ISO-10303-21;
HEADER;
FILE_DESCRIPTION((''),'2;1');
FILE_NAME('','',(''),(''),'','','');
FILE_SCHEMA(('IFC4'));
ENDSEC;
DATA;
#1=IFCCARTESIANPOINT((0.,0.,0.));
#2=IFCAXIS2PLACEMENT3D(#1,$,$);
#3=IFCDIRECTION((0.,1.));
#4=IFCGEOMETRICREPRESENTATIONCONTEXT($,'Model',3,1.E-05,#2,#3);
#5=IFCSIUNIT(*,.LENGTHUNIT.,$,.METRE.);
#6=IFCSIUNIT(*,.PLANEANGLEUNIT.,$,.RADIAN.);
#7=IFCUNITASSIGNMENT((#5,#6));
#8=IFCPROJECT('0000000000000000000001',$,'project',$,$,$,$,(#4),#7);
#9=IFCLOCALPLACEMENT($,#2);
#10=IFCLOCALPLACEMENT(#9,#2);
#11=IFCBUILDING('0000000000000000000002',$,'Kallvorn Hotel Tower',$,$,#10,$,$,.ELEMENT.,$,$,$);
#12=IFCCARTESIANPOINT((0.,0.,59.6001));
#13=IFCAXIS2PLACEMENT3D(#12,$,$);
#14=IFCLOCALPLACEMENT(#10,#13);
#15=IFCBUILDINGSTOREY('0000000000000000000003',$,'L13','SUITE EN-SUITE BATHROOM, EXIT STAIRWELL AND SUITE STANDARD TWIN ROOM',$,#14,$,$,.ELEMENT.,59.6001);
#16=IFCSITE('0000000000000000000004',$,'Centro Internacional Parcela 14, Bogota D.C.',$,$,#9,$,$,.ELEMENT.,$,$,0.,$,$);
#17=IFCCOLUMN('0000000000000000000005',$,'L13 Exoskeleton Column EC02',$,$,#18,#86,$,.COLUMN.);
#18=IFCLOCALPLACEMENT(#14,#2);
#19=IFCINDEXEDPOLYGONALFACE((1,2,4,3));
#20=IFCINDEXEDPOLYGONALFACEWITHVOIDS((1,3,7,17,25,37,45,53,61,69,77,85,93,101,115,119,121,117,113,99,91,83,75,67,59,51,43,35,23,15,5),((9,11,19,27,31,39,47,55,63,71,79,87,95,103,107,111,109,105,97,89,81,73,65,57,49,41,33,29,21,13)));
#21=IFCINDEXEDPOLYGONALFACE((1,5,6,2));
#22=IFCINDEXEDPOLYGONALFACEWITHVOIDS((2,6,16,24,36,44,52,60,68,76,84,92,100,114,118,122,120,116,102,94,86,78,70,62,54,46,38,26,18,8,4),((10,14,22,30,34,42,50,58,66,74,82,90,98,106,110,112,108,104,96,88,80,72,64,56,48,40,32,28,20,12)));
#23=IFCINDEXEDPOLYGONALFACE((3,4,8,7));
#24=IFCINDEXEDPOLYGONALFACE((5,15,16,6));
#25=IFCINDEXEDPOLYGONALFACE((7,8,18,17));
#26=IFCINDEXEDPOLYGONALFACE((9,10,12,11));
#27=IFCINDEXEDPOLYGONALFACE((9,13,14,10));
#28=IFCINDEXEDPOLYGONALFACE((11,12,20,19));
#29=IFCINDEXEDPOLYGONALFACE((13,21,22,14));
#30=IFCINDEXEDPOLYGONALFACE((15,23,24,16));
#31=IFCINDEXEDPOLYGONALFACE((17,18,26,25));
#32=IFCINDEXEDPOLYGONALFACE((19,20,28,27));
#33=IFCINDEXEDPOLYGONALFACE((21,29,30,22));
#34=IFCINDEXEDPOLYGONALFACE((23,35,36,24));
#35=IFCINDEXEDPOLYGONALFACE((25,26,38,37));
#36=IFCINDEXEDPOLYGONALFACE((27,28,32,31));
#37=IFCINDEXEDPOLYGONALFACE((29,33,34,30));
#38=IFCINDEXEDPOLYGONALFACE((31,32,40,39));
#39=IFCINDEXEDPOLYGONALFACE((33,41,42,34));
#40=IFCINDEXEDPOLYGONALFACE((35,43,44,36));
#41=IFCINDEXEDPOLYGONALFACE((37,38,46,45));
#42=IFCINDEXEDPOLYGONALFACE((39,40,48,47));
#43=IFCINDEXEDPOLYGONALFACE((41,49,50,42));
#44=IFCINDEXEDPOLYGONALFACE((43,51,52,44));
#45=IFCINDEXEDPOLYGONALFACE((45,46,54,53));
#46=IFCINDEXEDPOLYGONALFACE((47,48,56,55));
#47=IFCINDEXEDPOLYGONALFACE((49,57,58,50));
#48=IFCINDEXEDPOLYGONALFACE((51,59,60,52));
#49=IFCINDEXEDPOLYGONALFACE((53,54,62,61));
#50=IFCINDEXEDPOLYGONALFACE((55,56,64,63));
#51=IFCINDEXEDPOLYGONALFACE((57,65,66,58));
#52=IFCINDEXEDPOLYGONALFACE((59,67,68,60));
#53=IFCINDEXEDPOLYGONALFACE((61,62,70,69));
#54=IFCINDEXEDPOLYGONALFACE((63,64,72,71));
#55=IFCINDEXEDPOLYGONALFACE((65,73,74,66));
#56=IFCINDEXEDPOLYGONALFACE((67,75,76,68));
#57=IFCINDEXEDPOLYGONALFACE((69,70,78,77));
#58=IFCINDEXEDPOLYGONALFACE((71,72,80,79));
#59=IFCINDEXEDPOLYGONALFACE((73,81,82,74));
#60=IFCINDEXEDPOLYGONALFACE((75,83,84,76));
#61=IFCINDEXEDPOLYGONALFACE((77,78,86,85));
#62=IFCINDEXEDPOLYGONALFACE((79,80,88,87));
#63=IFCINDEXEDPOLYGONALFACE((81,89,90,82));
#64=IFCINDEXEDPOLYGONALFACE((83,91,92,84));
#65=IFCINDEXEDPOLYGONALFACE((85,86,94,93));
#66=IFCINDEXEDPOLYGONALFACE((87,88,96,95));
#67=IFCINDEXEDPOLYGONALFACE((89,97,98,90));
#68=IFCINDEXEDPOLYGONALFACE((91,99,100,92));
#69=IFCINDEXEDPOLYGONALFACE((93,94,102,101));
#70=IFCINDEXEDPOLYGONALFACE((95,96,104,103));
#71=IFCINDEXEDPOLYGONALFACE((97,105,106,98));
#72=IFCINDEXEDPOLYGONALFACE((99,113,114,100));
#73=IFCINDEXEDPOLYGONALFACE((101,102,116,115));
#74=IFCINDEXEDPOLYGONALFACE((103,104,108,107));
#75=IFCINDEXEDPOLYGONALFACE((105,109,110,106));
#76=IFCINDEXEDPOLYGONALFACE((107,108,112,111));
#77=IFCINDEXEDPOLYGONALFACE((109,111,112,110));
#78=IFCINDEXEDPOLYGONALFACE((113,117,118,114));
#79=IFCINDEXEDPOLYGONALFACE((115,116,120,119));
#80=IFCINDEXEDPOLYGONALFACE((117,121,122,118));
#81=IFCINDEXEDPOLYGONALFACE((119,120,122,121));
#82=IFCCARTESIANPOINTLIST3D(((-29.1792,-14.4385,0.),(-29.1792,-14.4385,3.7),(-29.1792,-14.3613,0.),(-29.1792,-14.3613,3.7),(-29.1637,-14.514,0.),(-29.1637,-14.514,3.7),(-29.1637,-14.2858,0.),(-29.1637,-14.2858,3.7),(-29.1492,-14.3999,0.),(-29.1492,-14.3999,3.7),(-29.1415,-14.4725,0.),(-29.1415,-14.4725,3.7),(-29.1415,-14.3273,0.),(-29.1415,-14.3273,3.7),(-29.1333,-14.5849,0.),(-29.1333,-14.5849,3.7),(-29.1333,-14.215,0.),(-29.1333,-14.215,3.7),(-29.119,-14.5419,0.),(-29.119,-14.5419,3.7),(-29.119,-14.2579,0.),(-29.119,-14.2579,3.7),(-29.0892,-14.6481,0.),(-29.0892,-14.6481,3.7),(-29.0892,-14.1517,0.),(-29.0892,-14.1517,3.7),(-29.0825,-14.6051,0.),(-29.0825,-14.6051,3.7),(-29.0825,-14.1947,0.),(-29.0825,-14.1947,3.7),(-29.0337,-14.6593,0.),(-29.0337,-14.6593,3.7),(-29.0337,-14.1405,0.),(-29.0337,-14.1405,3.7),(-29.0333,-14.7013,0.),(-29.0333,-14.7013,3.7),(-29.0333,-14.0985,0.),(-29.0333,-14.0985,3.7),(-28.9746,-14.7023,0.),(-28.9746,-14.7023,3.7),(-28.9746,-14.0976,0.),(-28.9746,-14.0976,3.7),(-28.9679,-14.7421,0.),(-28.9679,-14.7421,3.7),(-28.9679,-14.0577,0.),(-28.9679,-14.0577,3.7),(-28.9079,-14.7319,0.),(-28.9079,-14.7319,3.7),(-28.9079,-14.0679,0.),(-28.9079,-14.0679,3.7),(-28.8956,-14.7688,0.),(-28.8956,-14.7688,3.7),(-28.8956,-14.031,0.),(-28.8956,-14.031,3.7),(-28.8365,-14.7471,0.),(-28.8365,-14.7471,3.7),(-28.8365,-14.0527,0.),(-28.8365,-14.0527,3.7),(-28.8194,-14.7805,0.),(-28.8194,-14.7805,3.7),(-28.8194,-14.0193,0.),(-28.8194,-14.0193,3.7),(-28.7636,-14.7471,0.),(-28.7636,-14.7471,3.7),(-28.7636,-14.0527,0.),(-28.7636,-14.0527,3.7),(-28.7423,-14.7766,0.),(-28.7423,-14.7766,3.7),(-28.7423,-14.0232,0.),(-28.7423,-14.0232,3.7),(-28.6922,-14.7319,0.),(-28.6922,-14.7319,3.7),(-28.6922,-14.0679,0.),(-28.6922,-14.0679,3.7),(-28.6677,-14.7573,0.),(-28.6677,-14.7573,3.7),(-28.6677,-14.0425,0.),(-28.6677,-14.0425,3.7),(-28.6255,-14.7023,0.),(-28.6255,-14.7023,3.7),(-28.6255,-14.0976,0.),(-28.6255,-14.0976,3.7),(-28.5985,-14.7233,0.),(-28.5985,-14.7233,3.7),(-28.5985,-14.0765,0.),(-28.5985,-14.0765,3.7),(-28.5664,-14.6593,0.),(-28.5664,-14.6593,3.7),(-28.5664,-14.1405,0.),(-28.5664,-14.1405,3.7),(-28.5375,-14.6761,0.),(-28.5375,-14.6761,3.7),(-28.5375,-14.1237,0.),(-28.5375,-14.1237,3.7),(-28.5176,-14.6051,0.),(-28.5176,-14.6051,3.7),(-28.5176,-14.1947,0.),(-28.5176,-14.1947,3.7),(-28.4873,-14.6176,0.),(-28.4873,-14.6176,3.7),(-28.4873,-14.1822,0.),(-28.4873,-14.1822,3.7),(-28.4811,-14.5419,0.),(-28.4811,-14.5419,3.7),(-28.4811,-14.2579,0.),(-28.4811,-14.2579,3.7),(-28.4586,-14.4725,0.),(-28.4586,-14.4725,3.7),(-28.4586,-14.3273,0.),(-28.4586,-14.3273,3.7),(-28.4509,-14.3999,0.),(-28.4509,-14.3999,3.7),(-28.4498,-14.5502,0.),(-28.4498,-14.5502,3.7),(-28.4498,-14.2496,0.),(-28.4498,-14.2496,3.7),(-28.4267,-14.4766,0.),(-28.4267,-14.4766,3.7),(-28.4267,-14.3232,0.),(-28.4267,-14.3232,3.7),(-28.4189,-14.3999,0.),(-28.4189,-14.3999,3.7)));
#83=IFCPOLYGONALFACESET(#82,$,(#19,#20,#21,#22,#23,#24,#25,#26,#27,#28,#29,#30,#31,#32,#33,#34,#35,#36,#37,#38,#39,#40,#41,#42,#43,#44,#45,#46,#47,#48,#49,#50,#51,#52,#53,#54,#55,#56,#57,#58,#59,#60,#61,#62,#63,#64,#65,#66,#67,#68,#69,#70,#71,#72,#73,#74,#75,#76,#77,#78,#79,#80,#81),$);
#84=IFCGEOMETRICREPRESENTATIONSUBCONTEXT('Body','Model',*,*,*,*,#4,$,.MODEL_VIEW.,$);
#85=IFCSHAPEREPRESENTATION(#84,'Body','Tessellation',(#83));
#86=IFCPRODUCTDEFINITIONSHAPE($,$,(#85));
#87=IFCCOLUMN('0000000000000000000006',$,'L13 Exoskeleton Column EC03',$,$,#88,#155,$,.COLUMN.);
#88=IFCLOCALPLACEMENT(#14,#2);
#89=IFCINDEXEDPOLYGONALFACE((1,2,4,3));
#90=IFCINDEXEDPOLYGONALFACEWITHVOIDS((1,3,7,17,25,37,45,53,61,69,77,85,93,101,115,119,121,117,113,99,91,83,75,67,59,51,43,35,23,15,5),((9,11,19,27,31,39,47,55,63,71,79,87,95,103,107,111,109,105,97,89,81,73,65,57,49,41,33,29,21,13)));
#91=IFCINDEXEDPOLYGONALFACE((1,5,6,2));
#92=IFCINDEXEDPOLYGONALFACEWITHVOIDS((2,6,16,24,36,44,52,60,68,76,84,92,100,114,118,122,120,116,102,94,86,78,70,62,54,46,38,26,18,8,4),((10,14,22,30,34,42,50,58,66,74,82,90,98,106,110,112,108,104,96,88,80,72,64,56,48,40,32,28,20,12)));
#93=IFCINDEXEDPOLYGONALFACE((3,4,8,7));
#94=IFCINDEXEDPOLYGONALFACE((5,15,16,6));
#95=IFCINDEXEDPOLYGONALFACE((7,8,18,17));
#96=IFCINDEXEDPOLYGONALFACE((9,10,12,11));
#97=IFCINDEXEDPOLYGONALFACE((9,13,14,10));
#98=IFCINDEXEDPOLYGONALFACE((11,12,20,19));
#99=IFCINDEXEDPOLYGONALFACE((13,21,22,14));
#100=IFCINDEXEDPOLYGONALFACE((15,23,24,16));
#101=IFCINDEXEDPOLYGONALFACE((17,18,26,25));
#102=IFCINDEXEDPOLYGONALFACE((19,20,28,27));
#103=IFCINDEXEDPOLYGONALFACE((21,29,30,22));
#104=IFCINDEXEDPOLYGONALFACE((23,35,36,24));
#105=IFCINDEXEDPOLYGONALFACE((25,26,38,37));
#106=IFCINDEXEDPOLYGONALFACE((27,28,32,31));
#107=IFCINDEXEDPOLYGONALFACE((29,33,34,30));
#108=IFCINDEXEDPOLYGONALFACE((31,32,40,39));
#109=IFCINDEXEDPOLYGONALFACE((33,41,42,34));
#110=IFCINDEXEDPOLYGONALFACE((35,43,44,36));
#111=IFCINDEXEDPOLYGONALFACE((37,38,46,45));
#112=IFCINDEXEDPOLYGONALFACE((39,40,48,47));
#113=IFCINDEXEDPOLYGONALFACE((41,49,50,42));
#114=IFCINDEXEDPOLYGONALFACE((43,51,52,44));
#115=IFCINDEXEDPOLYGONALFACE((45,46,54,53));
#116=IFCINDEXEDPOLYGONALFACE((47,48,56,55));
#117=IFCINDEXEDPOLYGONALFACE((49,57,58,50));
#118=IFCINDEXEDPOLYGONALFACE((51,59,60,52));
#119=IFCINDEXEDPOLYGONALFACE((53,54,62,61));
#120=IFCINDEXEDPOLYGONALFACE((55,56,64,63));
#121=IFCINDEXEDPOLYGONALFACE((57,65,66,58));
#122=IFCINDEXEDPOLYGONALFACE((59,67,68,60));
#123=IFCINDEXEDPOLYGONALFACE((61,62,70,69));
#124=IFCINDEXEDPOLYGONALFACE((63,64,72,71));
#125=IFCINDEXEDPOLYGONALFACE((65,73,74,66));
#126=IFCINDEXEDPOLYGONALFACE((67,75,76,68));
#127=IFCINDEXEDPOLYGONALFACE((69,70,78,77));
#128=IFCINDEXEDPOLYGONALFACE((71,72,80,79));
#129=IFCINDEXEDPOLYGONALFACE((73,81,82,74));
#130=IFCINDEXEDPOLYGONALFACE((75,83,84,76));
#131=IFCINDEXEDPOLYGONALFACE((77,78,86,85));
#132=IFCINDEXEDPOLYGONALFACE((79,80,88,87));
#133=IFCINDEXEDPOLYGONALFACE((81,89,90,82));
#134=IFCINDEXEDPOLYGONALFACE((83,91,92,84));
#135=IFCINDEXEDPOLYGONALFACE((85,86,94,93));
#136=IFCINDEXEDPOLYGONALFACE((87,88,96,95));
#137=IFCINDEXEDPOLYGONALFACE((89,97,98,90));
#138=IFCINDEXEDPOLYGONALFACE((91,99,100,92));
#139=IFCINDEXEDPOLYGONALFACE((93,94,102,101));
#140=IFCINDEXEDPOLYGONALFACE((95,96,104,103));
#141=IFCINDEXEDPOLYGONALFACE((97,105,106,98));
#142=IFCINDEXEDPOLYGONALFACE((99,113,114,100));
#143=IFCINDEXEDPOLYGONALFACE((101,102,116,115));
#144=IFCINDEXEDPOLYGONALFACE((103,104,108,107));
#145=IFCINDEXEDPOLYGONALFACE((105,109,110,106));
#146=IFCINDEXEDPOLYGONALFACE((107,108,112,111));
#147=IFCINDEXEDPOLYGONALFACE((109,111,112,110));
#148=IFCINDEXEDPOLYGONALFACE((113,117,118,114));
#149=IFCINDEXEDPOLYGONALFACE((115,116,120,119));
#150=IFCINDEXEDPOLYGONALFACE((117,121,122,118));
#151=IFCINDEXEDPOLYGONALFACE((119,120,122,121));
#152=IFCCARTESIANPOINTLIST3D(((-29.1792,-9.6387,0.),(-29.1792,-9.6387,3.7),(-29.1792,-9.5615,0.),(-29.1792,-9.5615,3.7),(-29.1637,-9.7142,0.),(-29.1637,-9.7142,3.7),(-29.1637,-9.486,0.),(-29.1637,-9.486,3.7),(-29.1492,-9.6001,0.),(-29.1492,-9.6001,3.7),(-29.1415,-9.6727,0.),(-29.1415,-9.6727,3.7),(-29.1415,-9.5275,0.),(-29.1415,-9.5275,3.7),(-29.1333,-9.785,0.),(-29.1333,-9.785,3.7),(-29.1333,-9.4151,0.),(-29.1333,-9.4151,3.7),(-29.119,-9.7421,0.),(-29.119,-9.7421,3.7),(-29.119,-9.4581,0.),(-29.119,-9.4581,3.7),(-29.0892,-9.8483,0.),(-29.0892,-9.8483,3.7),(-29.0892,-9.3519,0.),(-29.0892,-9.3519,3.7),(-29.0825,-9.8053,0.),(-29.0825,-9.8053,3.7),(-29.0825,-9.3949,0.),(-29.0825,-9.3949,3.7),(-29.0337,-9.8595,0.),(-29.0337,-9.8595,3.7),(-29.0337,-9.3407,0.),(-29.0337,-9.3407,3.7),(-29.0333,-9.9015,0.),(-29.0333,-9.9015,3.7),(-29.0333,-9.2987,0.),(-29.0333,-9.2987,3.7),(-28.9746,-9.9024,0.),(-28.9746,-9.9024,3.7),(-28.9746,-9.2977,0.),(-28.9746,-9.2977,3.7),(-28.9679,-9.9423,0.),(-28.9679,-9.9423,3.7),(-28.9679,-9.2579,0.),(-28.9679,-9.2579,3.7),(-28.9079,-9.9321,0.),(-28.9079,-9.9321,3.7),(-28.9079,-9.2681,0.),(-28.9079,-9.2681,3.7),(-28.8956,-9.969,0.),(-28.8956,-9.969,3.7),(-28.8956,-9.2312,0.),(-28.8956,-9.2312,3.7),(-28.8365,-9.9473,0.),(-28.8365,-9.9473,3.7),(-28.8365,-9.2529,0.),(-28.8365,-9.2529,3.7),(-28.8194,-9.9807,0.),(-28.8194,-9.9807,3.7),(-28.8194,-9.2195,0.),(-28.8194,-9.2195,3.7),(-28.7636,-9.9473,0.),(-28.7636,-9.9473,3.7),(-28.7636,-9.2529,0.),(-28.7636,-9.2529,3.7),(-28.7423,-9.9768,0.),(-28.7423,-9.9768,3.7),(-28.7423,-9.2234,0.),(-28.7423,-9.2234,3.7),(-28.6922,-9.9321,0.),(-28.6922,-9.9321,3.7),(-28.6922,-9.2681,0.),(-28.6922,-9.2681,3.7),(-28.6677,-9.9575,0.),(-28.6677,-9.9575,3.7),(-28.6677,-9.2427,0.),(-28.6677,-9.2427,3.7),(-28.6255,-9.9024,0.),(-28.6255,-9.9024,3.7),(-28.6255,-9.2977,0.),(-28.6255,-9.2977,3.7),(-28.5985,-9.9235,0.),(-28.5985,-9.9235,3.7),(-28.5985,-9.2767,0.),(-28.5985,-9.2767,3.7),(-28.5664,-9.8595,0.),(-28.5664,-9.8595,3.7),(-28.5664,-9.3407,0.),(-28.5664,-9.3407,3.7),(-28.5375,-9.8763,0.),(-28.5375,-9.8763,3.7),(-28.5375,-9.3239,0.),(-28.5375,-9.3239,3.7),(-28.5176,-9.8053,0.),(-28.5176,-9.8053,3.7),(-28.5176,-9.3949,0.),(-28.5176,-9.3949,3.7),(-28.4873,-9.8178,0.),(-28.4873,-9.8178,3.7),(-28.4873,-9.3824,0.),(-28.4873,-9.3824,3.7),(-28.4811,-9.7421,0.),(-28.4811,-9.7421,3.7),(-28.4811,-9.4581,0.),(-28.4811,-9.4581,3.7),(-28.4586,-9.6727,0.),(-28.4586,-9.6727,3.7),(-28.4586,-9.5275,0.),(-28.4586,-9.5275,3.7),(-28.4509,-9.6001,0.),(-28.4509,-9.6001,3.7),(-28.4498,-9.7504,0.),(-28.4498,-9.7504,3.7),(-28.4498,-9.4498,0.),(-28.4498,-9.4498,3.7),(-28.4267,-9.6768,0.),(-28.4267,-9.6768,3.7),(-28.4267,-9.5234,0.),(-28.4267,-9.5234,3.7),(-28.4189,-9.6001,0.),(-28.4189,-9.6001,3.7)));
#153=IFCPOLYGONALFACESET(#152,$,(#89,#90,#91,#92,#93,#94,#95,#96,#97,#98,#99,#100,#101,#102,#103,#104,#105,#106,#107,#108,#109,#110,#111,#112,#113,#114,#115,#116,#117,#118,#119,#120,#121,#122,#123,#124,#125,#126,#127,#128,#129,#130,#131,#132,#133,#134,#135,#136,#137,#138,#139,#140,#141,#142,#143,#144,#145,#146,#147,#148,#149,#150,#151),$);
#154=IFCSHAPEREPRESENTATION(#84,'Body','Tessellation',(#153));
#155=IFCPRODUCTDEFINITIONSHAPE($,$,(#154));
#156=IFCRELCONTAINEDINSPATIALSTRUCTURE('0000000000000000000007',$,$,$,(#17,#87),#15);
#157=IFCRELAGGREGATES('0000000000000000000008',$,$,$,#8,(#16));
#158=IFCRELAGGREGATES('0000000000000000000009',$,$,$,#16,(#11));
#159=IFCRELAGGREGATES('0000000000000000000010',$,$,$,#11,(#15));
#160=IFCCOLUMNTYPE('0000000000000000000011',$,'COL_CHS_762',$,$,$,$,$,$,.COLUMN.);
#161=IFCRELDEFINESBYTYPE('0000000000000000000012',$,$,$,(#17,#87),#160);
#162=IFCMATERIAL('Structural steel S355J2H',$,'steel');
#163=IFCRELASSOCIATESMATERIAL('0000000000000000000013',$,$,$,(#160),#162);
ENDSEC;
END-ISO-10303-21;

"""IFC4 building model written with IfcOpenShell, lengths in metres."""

from ifc_helpers import new_model, si_unit, direction, frame, origin, origin_2d, place, context, subcontext, project, spatial, hollow_circle, extrude, material, material_profile, profile_set, type_object, element, save


model = new_model("IFC4")

# Units and contexts
model_context = context("Model", 3, precision=1e-05, world=origin(), true_north=direction((0.0, 1.0)))
body_context = subcontext(model_context, "Body", "Model", "MODEL_VIEW")
ifc_project = project(units=[si_unit("LENGTHUNIT", "METRE"), si_unit("PLANEANGLEUNIT", "RADIAN")], contexts=[model_context])

# Site, building, storey
site_placement = place(None, origin())
site = spatial("IfcSite", under=ifc_project, at=site_placement, Name="Centro Internacional Parcela 14, Bogota D.C.", CompositionType="ELEMENT", RefElevation=0.0)
building_placement = place(site_placement, origin())
building = spatial("IfcBuilding", under=site, at=building_placement, Name="Kallvorn Hotel Tower", CompositionType="ELEMENT")
storey_placement = place(building_placement, frame((0.0, 0.0, 59.6001)))
storey = spatial("IfcBuildingStorey", under=building, at=storey_placement, Name="L13", Description="SUITE EN-SUITE BATHROOM, EXIT STAIRWELL AND SUITE STANDARD TWIN ROOM", CompositionType="ELEMENT", Elevation=59.6001)

# Columns
ifc_material_1 = material(Name="Structural steel S355J2H", Category="steel")
ifc_material_profile_1 = material_profile(ifc_material_1, hollow_circle(Radius=0.3811, WallThickness=0.032, at=origin_2d()), Name="CHS 762x32")
ifc_profile_set_1 = profile_set([ifc_material_profile_1], Name="Structural steel S355J2H")
column_type_1 = type_object("IfcColumnType", Name="COL_CHS_762", PredefinedType="COLUMN", material=ifc_profile_set_1)
for number, where, z_axis, x_axis, name in (
    (1, (-28.8, -14.3999, 0.0), (0.0, 0.0, 1.0), (1.0, 0.0, 0.0), "L13 Exoskeleton Column EC02"),
    (2, (-28.8, -9.6001, 0.0), (0.0, 0.0, 1.0), (1.0, 0.0, 0.0), "L13 Exoskeleton Column EC03"),
):
    element("IfcColumn", number, at=place(storey_placement, frame(where, z_axis=z_axis, x_axis=x_axis)), inside=storey, type_object=column_type_1, Name=name, PredefinedType="COLUMN", context=body_context, shape_type="SweptSolid", body=[
        extrude(hollow_circle(Radius=0.3811, WallThickness=0.032, at=origin_2d()), origin(), (0.0, 0.0, 1.0), 3.7),
    ])

save(model, "model.ifc")
